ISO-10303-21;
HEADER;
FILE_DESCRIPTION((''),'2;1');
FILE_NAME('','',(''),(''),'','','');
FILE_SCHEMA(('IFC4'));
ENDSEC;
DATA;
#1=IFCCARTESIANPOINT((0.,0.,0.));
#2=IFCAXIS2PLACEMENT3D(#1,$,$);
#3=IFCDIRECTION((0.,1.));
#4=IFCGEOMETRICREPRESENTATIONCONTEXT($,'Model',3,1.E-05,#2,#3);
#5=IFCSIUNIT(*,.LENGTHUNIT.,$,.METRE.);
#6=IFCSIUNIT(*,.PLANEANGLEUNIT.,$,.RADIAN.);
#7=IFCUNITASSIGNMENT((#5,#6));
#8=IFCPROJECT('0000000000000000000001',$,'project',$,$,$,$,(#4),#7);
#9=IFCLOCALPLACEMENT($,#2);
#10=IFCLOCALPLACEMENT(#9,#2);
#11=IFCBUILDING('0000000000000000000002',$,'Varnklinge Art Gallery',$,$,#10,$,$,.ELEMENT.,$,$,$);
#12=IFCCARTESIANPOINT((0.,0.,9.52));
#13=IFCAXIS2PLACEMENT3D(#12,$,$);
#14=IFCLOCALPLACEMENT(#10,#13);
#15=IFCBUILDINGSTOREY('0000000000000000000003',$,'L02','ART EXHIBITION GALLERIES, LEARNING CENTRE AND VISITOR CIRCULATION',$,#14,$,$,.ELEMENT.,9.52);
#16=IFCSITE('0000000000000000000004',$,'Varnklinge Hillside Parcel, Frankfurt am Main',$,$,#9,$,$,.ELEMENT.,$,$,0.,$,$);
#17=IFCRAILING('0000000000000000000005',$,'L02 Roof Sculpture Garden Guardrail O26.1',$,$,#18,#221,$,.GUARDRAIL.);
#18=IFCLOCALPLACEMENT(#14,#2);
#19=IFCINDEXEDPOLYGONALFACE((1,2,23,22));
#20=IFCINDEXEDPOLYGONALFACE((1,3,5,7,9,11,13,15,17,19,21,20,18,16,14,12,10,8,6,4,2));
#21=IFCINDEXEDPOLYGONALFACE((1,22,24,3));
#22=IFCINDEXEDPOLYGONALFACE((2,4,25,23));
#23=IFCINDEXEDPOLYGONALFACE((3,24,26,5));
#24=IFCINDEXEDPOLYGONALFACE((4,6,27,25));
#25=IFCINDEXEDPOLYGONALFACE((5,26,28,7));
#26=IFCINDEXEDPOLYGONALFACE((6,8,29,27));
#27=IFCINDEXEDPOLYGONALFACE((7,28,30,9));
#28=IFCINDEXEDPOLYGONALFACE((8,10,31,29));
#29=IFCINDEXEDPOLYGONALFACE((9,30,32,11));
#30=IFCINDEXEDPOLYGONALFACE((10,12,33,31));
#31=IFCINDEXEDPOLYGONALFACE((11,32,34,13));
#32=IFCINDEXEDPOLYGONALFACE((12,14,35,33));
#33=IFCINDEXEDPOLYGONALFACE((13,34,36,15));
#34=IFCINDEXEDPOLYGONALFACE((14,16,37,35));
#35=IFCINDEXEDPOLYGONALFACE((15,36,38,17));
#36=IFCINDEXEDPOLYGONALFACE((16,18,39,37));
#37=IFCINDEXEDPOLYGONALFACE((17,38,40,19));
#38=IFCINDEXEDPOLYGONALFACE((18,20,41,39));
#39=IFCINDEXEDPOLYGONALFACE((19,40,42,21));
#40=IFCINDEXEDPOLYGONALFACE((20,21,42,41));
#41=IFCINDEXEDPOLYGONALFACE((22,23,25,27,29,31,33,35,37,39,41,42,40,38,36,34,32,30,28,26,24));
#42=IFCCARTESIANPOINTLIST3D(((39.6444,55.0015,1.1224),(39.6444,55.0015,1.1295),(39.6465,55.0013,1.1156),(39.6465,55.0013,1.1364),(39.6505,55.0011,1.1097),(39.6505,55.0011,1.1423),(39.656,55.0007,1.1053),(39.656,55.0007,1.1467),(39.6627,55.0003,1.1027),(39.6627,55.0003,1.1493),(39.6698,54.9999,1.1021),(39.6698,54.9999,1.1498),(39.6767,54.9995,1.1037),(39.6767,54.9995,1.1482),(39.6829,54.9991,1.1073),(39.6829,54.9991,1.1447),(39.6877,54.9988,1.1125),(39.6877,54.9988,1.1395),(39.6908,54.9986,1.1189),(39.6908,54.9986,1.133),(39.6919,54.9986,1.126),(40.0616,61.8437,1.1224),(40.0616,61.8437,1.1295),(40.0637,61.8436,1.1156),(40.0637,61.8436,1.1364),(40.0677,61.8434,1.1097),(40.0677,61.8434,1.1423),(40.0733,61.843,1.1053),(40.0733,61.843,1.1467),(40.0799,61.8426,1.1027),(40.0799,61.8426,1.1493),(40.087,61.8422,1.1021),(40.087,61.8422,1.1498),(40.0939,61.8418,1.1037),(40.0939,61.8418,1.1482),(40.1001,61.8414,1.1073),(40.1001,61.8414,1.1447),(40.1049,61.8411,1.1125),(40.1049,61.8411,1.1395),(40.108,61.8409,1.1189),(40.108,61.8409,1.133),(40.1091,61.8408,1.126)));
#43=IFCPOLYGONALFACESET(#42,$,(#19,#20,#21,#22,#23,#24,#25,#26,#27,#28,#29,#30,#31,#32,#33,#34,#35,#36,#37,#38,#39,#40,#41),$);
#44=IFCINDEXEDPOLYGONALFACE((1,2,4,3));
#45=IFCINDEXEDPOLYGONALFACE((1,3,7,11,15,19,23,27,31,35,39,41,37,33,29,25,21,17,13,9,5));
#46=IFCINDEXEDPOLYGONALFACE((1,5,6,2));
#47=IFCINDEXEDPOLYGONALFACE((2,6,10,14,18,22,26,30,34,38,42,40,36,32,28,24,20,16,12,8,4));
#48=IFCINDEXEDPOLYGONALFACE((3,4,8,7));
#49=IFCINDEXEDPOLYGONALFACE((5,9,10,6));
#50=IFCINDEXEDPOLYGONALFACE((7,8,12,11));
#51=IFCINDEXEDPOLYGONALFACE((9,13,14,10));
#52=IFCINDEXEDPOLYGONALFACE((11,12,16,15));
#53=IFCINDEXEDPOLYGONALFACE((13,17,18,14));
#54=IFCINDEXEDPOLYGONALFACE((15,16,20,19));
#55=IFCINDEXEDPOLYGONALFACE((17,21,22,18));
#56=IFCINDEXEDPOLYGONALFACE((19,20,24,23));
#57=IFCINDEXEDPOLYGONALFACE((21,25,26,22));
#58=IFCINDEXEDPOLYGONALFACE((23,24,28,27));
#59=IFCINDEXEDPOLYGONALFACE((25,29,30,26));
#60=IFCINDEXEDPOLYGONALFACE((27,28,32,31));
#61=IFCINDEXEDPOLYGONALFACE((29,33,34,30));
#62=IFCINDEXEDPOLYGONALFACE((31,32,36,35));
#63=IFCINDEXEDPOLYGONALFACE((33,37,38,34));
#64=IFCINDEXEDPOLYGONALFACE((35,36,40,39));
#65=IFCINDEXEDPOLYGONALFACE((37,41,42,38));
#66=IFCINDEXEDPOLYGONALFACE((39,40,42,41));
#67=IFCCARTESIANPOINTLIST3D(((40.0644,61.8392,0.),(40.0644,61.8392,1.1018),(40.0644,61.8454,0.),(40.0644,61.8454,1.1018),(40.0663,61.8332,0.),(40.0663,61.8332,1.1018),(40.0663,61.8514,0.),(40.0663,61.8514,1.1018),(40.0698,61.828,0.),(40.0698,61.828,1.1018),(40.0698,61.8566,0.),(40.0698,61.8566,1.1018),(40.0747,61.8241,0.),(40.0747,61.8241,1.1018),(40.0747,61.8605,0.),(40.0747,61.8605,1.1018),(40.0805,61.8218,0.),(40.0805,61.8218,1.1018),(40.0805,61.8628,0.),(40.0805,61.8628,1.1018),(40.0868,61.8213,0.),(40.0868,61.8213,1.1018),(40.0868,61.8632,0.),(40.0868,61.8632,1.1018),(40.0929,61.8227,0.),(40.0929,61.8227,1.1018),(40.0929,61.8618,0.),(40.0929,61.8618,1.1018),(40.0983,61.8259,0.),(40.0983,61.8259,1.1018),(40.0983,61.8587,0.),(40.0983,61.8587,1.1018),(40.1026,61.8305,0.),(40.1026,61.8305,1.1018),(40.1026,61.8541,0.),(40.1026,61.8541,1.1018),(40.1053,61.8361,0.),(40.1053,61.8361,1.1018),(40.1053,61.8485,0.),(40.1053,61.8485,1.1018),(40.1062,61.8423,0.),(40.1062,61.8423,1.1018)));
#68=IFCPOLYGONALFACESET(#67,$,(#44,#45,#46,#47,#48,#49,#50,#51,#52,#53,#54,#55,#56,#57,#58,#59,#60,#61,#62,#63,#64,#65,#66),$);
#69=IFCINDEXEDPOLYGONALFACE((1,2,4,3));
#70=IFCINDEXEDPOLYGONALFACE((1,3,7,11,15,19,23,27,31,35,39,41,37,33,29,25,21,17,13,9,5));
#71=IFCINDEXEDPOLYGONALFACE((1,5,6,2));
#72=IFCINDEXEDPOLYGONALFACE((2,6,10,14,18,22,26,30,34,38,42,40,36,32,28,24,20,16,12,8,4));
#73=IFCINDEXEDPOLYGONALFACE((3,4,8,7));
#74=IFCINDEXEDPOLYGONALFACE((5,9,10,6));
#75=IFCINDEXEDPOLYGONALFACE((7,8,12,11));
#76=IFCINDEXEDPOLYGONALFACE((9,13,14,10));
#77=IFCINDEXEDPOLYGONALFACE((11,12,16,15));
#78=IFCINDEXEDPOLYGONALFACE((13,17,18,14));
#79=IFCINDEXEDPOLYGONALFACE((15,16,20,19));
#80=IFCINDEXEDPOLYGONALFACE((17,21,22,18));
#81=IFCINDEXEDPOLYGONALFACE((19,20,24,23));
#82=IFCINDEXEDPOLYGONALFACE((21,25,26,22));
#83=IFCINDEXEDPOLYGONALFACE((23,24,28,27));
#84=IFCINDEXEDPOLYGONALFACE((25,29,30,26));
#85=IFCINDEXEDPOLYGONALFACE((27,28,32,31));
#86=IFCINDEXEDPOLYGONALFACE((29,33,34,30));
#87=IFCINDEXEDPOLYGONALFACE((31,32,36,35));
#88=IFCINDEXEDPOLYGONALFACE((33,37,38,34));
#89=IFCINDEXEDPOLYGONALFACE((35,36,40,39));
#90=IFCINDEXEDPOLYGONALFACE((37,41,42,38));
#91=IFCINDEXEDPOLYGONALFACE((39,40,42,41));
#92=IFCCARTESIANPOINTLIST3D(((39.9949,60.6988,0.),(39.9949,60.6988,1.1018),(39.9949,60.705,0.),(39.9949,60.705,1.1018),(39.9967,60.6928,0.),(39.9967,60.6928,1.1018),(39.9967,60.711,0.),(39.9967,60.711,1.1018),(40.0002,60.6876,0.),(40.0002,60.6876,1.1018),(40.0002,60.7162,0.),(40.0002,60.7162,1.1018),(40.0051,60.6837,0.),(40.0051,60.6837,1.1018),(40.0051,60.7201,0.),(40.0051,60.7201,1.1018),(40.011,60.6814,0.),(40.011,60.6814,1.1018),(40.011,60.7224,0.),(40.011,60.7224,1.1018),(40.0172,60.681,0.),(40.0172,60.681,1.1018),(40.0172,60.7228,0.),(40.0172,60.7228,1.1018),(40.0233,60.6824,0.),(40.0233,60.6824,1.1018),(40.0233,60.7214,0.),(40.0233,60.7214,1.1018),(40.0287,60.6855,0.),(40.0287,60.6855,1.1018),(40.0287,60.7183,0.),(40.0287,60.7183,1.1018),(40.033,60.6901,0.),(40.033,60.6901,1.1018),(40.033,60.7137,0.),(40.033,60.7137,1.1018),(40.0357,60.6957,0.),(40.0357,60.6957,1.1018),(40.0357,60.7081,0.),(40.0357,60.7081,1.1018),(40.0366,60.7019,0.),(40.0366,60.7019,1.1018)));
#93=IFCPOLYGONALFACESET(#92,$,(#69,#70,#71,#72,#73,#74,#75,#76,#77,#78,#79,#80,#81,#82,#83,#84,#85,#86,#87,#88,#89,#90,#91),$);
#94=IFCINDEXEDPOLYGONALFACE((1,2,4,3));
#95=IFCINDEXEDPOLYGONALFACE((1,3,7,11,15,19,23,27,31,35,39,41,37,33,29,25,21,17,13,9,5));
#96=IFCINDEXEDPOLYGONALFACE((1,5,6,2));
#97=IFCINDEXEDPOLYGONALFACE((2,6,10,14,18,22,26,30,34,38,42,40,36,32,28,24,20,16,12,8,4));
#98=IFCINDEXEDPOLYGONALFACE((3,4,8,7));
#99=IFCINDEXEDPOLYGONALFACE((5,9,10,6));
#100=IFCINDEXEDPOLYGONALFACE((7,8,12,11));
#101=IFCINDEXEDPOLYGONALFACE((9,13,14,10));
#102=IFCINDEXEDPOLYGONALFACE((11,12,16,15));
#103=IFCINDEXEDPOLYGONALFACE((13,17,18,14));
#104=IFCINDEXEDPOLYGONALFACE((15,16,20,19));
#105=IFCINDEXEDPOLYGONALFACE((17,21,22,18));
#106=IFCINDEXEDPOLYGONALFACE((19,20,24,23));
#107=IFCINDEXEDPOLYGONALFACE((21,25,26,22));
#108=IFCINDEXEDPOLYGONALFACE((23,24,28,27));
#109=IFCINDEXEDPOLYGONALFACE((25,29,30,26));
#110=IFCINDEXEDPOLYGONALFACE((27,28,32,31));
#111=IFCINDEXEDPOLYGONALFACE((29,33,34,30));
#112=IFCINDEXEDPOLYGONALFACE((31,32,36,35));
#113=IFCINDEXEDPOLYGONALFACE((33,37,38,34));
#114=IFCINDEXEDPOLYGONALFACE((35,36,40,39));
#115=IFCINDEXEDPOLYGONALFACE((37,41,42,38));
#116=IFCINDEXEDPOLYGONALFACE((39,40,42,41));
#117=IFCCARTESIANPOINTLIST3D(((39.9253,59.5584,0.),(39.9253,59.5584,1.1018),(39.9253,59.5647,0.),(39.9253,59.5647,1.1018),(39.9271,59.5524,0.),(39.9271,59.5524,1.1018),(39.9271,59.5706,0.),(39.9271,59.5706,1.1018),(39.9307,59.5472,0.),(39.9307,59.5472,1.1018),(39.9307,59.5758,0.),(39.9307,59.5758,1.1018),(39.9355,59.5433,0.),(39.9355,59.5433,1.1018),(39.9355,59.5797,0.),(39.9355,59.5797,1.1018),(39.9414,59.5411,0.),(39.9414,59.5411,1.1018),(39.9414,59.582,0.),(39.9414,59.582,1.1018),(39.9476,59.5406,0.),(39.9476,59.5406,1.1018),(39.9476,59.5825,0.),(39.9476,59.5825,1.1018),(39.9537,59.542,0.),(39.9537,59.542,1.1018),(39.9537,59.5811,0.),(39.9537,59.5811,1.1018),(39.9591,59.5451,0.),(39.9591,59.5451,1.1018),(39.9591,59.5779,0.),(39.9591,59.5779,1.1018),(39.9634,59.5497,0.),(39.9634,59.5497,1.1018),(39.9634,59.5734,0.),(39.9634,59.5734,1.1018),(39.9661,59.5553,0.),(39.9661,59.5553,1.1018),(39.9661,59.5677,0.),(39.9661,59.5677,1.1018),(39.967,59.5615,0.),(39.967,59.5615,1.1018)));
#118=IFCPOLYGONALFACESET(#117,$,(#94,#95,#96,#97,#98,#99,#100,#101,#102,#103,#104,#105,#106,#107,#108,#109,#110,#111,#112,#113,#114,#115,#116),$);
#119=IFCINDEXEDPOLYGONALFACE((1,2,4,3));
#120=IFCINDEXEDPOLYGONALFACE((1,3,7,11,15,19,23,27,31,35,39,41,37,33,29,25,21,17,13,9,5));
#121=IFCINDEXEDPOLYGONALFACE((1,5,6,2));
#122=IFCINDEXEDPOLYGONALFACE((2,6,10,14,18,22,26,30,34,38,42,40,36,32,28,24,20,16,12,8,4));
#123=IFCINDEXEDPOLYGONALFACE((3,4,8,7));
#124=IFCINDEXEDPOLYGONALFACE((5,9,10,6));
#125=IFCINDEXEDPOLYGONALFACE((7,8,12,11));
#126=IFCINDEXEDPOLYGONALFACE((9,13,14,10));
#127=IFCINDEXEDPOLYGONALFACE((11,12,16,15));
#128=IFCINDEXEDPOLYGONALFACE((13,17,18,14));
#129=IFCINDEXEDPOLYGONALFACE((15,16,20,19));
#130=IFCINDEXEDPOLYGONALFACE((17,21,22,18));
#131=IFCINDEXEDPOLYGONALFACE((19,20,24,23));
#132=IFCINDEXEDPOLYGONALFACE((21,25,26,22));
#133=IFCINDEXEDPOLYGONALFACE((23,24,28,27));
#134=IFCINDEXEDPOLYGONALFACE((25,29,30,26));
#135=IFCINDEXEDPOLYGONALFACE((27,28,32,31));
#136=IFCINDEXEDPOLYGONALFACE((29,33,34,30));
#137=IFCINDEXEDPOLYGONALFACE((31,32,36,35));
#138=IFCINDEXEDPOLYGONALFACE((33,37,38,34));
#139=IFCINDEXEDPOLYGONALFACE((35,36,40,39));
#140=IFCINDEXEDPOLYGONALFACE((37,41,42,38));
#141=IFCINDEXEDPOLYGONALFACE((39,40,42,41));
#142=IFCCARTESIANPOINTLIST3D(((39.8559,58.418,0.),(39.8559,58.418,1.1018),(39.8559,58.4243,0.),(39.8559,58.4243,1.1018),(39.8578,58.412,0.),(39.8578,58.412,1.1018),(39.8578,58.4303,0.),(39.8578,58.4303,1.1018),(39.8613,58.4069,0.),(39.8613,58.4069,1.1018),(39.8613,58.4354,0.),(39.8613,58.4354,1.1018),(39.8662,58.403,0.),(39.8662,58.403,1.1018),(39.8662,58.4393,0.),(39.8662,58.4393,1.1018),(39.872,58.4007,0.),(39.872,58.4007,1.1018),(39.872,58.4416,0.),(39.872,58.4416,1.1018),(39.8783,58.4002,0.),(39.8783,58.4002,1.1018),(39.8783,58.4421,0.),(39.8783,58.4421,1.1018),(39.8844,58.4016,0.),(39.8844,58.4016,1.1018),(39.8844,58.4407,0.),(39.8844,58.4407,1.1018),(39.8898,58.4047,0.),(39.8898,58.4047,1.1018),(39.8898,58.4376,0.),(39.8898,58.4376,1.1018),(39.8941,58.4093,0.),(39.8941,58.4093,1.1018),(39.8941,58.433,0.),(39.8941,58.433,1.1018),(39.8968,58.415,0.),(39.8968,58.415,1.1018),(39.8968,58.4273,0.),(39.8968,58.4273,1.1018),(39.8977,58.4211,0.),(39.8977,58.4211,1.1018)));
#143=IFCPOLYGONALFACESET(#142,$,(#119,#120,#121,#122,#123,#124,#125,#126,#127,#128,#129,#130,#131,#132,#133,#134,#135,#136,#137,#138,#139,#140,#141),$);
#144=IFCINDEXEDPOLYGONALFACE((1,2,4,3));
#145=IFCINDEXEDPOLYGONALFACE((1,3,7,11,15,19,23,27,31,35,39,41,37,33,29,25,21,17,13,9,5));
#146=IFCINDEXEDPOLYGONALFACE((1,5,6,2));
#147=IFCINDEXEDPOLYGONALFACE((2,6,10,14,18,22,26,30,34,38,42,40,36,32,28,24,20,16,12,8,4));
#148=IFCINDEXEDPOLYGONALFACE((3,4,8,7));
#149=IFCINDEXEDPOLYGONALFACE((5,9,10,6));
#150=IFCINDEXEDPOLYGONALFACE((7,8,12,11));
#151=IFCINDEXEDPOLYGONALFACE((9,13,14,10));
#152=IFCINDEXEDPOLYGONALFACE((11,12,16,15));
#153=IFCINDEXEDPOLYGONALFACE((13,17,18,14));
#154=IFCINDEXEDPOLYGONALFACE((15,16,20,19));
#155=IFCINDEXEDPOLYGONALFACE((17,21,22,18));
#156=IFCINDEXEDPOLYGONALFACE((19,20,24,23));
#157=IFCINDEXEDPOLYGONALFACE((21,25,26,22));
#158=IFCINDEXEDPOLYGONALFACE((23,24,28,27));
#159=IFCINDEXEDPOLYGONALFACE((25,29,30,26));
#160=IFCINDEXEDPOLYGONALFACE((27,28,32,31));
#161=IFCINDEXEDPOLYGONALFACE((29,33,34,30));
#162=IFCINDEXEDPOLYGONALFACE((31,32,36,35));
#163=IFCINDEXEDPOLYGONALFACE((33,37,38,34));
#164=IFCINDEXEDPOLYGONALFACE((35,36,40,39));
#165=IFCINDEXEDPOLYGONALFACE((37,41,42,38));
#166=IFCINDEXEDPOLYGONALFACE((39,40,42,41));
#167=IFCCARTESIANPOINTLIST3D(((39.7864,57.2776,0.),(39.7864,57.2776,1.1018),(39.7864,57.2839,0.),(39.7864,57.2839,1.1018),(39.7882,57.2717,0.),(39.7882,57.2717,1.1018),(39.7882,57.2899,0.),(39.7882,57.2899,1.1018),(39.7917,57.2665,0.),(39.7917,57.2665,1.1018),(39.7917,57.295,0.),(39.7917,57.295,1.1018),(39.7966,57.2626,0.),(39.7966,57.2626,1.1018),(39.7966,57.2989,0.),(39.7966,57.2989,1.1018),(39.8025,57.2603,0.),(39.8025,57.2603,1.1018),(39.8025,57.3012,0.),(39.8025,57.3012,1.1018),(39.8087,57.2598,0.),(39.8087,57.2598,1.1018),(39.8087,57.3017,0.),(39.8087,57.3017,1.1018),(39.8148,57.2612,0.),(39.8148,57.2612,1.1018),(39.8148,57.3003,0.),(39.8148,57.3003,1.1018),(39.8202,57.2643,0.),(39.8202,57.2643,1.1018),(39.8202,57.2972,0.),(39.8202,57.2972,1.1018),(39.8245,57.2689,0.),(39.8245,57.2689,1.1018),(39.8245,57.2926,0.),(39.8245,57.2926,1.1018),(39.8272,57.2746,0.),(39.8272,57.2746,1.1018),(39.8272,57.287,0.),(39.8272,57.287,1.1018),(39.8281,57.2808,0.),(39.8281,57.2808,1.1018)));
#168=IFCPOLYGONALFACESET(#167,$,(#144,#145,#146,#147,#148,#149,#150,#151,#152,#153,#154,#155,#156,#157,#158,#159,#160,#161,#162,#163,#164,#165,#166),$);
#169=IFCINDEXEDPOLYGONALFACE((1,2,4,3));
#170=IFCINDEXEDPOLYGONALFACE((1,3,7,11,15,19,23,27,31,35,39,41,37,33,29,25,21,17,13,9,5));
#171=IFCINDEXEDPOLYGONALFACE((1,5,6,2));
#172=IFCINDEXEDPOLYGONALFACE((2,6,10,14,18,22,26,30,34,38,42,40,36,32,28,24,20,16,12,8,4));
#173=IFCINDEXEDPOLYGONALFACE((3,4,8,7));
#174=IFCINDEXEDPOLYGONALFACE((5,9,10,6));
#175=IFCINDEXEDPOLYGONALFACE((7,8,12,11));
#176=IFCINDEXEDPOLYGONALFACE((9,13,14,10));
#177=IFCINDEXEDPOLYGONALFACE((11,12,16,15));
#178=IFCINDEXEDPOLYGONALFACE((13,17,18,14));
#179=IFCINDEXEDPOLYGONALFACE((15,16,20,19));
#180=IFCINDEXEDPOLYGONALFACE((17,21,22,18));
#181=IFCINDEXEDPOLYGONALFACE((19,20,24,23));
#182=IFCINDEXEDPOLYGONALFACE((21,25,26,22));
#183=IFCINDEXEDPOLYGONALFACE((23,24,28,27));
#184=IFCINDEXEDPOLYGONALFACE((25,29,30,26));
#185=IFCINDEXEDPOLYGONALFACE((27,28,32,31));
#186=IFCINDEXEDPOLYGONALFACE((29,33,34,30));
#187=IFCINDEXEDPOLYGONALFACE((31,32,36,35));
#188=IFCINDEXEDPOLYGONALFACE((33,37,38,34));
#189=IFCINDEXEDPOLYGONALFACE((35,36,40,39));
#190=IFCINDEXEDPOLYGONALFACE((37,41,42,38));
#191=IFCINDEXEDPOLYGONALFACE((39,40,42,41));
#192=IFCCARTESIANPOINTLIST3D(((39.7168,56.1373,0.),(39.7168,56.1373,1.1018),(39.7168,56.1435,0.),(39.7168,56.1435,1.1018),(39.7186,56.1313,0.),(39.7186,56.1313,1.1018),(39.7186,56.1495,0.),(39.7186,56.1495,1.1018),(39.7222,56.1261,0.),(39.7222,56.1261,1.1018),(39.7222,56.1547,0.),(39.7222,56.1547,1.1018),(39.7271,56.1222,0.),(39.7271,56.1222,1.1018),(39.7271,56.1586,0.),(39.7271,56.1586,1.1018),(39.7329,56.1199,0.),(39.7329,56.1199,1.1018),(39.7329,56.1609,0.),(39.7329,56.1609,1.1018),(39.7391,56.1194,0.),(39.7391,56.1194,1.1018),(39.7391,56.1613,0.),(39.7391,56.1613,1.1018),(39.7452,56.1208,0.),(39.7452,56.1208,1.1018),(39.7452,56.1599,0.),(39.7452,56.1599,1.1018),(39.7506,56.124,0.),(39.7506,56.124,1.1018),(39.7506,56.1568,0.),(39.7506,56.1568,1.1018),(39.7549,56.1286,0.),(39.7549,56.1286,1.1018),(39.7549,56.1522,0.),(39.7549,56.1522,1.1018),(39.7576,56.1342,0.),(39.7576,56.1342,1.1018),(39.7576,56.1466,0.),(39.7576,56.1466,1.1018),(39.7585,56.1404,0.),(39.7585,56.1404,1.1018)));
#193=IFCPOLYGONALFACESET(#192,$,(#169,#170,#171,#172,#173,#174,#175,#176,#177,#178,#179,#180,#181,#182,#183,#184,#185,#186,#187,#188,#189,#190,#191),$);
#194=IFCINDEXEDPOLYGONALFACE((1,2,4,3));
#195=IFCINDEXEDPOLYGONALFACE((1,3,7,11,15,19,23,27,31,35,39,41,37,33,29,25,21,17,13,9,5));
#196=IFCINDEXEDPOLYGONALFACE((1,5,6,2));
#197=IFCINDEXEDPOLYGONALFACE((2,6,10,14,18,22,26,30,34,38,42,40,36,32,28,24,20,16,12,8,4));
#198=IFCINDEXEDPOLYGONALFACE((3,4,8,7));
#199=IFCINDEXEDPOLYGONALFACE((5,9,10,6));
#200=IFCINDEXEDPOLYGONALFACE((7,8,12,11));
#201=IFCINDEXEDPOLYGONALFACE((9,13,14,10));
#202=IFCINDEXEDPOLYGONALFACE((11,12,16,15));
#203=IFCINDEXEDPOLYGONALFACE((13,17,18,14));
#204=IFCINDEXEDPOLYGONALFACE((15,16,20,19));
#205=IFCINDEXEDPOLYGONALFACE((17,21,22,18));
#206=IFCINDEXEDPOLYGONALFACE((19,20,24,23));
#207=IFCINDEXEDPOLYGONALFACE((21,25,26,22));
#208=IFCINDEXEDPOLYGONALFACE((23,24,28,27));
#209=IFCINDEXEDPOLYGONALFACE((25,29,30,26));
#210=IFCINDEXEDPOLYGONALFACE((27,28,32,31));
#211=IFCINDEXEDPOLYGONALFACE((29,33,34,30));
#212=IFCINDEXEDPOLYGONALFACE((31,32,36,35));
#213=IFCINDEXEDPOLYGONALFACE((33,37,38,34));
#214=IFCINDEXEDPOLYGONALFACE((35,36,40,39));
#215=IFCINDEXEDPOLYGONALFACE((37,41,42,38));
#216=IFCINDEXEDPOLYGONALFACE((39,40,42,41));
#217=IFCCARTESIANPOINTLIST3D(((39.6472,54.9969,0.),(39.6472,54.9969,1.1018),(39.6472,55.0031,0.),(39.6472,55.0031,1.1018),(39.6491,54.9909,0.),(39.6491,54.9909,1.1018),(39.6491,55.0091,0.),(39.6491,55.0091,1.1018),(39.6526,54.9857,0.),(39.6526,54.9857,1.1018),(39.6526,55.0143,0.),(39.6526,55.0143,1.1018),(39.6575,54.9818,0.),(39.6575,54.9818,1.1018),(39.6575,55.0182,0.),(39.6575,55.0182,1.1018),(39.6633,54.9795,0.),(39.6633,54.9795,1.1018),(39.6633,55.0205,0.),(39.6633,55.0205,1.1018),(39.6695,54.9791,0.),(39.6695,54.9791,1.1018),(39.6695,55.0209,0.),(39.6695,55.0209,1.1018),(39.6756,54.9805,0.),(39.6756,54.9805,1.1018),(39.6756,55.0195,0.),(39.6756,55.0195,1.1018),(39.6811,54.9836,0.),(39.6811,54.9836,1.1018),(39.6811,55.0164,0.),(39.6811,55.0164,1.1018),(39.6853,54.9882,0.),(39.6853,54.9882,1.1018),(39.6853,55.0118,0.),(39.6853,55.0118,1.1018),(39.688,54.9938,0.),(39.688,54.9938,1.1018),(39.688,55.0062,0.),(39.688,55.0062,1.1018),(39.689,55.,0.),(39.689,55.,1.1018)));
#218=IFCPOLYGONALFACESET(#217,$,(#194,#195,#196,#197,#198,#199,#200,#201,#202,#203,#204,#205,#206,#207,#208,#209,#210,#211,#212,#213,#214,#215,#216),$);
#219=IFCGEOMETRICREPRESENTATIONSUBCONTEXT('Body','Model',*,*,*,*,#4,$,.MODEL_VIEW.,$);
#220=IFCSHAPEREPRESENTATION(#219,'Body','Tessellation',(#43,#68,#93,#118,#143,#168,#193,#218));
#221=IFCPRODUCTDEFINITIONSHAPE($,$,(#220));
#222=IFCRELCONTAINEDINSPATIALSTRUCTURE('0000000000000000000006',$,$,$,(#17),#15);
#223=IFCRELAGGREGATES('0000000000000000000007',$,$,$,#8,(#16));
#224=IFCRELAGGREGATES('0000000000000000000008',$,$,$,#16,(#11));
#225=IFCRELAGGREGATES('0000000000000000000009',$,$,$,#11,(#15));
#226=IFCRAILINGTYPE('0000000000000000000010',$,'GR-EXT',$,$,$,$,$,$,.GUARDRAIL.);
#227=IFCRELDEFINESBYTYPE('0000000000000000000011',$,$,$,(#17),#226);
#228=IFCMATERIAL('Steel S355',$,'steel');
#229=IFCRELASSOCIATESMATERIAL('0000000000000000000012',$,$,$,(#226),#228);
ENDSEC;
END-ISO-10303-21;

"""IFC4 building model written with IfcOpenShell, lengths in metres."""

from ifc_helpers import new_model, si_unit, direction, frame, origin, origin_2d, place, context, subcontext, project, spatial, circle, extrude, material, type_object, element, save


model = new_model("IFC4")

# Units and contexts
model_context = context("Model", 3, precision=1e-05, world=origin(), true_north=direction((0.0, 1.0)))
body_context = subcontext(model_context, "Body", "Model", "MODEL_VIEW")
ifc_project = project(units=[si_unit("LENGTHUNIT", "METRE"), si_unit("PLANEANGLEUNIT", "RADIAN")], contexts=[model_context])

# Site, building, storey
site_placement = place(None, origin())
site = spatial("IfcSite", under=ifc_project, at=site_placement, Name="Varnklinge Hillside Parcel, Frankfurt am Main", CompositionType="ELEMENT", RefElevation=0.0)
building_placement = place(site_placement, origin())
building = spatial("IfcBuilding", under=site, at=building_placement, Name="Varnklinge Art Gallery", CompositionType="ELEMENT")
storey_placement = place(building_placement, frame((0.0, 0.0, 9.52)))
storey = spatial("IfcBuildingStorey", under=building, at=storey_placement, Name="L02", Description="ART EXHIBITION GALLERIES, LEARNING CENTRE AND VISITOR CIRCULATION", CompositionType="ELEMENT", Elevation=9.52)

# Railing
ifc_material_1 = material(Name="Steel S355", Category="steel")
railing_type = type_object("IfcRailingType", Name="GR-EXT", PredefinedType="GUARDRAIL", material=ifc_material_1)
railing_1_placement = place(storey_placement, frame((40.0852, 61.8423, 0.0)))
element("IfcRailing", 1, at=railing_1_placement, inside=storey, type_object=railing_type, Name="L02 Roof Sculpture Garden Guardrail O26.1", PredefinedType="GUARDRAIL", context=body_context, shape_type="SweptSolid", body=[
    extrude(circle(Radius=0.0239, at=origin_2d()), frame((0.0, 0.0, 1.126), z_axis=(-0.060866, -0.998146, 0.0), x_axis=(0.998146, -0.060866, 0.0)), (0.0, 0.0, 1.0), 6.855),
    extrude(circle(Radius=0.021, at=origin_2d()), origin(), (0.0, 0.0, 1.0), 1.1018),
    extrude(circle(Radius=0.021, at=origin_2d()), frame((-0.0696, -1.1404, 0.0)), (0.0, 0.0, 1.0), 1.1018),
    extrude(circle(Radius=0.021, at=origin_2d()), frame((-0.1392, -2.2808, 0.0)), (0.0, 0.0, 1.0), 1.1018),
    extrude(circle(Radius=0.021, at=origin_2d()), frame((-0.2085, -3.4211, 0.0)), (0.0, 0.0, 1.0), 1.1018),
    extrude(circle(Radius=0.021, at=origin_2d()), frame((-0.2781, -4.5615, 0.0)), (0.0, 0.0, 1.0), 1.1018),
    extrude(circle(Radius=0.021, at=origin_2d()), frame((-0.3477, -5.7019, 0.0)), (0.0, 0.0, 1.0), 1.1018),
    extrude(circle(Radius=0.021, at=origin_2d()), frame((-0.4172, -6.8423, 0.0)), (0.0, 0.0, 1.0), 1.1018),
])

save(model, "model.ifc")
